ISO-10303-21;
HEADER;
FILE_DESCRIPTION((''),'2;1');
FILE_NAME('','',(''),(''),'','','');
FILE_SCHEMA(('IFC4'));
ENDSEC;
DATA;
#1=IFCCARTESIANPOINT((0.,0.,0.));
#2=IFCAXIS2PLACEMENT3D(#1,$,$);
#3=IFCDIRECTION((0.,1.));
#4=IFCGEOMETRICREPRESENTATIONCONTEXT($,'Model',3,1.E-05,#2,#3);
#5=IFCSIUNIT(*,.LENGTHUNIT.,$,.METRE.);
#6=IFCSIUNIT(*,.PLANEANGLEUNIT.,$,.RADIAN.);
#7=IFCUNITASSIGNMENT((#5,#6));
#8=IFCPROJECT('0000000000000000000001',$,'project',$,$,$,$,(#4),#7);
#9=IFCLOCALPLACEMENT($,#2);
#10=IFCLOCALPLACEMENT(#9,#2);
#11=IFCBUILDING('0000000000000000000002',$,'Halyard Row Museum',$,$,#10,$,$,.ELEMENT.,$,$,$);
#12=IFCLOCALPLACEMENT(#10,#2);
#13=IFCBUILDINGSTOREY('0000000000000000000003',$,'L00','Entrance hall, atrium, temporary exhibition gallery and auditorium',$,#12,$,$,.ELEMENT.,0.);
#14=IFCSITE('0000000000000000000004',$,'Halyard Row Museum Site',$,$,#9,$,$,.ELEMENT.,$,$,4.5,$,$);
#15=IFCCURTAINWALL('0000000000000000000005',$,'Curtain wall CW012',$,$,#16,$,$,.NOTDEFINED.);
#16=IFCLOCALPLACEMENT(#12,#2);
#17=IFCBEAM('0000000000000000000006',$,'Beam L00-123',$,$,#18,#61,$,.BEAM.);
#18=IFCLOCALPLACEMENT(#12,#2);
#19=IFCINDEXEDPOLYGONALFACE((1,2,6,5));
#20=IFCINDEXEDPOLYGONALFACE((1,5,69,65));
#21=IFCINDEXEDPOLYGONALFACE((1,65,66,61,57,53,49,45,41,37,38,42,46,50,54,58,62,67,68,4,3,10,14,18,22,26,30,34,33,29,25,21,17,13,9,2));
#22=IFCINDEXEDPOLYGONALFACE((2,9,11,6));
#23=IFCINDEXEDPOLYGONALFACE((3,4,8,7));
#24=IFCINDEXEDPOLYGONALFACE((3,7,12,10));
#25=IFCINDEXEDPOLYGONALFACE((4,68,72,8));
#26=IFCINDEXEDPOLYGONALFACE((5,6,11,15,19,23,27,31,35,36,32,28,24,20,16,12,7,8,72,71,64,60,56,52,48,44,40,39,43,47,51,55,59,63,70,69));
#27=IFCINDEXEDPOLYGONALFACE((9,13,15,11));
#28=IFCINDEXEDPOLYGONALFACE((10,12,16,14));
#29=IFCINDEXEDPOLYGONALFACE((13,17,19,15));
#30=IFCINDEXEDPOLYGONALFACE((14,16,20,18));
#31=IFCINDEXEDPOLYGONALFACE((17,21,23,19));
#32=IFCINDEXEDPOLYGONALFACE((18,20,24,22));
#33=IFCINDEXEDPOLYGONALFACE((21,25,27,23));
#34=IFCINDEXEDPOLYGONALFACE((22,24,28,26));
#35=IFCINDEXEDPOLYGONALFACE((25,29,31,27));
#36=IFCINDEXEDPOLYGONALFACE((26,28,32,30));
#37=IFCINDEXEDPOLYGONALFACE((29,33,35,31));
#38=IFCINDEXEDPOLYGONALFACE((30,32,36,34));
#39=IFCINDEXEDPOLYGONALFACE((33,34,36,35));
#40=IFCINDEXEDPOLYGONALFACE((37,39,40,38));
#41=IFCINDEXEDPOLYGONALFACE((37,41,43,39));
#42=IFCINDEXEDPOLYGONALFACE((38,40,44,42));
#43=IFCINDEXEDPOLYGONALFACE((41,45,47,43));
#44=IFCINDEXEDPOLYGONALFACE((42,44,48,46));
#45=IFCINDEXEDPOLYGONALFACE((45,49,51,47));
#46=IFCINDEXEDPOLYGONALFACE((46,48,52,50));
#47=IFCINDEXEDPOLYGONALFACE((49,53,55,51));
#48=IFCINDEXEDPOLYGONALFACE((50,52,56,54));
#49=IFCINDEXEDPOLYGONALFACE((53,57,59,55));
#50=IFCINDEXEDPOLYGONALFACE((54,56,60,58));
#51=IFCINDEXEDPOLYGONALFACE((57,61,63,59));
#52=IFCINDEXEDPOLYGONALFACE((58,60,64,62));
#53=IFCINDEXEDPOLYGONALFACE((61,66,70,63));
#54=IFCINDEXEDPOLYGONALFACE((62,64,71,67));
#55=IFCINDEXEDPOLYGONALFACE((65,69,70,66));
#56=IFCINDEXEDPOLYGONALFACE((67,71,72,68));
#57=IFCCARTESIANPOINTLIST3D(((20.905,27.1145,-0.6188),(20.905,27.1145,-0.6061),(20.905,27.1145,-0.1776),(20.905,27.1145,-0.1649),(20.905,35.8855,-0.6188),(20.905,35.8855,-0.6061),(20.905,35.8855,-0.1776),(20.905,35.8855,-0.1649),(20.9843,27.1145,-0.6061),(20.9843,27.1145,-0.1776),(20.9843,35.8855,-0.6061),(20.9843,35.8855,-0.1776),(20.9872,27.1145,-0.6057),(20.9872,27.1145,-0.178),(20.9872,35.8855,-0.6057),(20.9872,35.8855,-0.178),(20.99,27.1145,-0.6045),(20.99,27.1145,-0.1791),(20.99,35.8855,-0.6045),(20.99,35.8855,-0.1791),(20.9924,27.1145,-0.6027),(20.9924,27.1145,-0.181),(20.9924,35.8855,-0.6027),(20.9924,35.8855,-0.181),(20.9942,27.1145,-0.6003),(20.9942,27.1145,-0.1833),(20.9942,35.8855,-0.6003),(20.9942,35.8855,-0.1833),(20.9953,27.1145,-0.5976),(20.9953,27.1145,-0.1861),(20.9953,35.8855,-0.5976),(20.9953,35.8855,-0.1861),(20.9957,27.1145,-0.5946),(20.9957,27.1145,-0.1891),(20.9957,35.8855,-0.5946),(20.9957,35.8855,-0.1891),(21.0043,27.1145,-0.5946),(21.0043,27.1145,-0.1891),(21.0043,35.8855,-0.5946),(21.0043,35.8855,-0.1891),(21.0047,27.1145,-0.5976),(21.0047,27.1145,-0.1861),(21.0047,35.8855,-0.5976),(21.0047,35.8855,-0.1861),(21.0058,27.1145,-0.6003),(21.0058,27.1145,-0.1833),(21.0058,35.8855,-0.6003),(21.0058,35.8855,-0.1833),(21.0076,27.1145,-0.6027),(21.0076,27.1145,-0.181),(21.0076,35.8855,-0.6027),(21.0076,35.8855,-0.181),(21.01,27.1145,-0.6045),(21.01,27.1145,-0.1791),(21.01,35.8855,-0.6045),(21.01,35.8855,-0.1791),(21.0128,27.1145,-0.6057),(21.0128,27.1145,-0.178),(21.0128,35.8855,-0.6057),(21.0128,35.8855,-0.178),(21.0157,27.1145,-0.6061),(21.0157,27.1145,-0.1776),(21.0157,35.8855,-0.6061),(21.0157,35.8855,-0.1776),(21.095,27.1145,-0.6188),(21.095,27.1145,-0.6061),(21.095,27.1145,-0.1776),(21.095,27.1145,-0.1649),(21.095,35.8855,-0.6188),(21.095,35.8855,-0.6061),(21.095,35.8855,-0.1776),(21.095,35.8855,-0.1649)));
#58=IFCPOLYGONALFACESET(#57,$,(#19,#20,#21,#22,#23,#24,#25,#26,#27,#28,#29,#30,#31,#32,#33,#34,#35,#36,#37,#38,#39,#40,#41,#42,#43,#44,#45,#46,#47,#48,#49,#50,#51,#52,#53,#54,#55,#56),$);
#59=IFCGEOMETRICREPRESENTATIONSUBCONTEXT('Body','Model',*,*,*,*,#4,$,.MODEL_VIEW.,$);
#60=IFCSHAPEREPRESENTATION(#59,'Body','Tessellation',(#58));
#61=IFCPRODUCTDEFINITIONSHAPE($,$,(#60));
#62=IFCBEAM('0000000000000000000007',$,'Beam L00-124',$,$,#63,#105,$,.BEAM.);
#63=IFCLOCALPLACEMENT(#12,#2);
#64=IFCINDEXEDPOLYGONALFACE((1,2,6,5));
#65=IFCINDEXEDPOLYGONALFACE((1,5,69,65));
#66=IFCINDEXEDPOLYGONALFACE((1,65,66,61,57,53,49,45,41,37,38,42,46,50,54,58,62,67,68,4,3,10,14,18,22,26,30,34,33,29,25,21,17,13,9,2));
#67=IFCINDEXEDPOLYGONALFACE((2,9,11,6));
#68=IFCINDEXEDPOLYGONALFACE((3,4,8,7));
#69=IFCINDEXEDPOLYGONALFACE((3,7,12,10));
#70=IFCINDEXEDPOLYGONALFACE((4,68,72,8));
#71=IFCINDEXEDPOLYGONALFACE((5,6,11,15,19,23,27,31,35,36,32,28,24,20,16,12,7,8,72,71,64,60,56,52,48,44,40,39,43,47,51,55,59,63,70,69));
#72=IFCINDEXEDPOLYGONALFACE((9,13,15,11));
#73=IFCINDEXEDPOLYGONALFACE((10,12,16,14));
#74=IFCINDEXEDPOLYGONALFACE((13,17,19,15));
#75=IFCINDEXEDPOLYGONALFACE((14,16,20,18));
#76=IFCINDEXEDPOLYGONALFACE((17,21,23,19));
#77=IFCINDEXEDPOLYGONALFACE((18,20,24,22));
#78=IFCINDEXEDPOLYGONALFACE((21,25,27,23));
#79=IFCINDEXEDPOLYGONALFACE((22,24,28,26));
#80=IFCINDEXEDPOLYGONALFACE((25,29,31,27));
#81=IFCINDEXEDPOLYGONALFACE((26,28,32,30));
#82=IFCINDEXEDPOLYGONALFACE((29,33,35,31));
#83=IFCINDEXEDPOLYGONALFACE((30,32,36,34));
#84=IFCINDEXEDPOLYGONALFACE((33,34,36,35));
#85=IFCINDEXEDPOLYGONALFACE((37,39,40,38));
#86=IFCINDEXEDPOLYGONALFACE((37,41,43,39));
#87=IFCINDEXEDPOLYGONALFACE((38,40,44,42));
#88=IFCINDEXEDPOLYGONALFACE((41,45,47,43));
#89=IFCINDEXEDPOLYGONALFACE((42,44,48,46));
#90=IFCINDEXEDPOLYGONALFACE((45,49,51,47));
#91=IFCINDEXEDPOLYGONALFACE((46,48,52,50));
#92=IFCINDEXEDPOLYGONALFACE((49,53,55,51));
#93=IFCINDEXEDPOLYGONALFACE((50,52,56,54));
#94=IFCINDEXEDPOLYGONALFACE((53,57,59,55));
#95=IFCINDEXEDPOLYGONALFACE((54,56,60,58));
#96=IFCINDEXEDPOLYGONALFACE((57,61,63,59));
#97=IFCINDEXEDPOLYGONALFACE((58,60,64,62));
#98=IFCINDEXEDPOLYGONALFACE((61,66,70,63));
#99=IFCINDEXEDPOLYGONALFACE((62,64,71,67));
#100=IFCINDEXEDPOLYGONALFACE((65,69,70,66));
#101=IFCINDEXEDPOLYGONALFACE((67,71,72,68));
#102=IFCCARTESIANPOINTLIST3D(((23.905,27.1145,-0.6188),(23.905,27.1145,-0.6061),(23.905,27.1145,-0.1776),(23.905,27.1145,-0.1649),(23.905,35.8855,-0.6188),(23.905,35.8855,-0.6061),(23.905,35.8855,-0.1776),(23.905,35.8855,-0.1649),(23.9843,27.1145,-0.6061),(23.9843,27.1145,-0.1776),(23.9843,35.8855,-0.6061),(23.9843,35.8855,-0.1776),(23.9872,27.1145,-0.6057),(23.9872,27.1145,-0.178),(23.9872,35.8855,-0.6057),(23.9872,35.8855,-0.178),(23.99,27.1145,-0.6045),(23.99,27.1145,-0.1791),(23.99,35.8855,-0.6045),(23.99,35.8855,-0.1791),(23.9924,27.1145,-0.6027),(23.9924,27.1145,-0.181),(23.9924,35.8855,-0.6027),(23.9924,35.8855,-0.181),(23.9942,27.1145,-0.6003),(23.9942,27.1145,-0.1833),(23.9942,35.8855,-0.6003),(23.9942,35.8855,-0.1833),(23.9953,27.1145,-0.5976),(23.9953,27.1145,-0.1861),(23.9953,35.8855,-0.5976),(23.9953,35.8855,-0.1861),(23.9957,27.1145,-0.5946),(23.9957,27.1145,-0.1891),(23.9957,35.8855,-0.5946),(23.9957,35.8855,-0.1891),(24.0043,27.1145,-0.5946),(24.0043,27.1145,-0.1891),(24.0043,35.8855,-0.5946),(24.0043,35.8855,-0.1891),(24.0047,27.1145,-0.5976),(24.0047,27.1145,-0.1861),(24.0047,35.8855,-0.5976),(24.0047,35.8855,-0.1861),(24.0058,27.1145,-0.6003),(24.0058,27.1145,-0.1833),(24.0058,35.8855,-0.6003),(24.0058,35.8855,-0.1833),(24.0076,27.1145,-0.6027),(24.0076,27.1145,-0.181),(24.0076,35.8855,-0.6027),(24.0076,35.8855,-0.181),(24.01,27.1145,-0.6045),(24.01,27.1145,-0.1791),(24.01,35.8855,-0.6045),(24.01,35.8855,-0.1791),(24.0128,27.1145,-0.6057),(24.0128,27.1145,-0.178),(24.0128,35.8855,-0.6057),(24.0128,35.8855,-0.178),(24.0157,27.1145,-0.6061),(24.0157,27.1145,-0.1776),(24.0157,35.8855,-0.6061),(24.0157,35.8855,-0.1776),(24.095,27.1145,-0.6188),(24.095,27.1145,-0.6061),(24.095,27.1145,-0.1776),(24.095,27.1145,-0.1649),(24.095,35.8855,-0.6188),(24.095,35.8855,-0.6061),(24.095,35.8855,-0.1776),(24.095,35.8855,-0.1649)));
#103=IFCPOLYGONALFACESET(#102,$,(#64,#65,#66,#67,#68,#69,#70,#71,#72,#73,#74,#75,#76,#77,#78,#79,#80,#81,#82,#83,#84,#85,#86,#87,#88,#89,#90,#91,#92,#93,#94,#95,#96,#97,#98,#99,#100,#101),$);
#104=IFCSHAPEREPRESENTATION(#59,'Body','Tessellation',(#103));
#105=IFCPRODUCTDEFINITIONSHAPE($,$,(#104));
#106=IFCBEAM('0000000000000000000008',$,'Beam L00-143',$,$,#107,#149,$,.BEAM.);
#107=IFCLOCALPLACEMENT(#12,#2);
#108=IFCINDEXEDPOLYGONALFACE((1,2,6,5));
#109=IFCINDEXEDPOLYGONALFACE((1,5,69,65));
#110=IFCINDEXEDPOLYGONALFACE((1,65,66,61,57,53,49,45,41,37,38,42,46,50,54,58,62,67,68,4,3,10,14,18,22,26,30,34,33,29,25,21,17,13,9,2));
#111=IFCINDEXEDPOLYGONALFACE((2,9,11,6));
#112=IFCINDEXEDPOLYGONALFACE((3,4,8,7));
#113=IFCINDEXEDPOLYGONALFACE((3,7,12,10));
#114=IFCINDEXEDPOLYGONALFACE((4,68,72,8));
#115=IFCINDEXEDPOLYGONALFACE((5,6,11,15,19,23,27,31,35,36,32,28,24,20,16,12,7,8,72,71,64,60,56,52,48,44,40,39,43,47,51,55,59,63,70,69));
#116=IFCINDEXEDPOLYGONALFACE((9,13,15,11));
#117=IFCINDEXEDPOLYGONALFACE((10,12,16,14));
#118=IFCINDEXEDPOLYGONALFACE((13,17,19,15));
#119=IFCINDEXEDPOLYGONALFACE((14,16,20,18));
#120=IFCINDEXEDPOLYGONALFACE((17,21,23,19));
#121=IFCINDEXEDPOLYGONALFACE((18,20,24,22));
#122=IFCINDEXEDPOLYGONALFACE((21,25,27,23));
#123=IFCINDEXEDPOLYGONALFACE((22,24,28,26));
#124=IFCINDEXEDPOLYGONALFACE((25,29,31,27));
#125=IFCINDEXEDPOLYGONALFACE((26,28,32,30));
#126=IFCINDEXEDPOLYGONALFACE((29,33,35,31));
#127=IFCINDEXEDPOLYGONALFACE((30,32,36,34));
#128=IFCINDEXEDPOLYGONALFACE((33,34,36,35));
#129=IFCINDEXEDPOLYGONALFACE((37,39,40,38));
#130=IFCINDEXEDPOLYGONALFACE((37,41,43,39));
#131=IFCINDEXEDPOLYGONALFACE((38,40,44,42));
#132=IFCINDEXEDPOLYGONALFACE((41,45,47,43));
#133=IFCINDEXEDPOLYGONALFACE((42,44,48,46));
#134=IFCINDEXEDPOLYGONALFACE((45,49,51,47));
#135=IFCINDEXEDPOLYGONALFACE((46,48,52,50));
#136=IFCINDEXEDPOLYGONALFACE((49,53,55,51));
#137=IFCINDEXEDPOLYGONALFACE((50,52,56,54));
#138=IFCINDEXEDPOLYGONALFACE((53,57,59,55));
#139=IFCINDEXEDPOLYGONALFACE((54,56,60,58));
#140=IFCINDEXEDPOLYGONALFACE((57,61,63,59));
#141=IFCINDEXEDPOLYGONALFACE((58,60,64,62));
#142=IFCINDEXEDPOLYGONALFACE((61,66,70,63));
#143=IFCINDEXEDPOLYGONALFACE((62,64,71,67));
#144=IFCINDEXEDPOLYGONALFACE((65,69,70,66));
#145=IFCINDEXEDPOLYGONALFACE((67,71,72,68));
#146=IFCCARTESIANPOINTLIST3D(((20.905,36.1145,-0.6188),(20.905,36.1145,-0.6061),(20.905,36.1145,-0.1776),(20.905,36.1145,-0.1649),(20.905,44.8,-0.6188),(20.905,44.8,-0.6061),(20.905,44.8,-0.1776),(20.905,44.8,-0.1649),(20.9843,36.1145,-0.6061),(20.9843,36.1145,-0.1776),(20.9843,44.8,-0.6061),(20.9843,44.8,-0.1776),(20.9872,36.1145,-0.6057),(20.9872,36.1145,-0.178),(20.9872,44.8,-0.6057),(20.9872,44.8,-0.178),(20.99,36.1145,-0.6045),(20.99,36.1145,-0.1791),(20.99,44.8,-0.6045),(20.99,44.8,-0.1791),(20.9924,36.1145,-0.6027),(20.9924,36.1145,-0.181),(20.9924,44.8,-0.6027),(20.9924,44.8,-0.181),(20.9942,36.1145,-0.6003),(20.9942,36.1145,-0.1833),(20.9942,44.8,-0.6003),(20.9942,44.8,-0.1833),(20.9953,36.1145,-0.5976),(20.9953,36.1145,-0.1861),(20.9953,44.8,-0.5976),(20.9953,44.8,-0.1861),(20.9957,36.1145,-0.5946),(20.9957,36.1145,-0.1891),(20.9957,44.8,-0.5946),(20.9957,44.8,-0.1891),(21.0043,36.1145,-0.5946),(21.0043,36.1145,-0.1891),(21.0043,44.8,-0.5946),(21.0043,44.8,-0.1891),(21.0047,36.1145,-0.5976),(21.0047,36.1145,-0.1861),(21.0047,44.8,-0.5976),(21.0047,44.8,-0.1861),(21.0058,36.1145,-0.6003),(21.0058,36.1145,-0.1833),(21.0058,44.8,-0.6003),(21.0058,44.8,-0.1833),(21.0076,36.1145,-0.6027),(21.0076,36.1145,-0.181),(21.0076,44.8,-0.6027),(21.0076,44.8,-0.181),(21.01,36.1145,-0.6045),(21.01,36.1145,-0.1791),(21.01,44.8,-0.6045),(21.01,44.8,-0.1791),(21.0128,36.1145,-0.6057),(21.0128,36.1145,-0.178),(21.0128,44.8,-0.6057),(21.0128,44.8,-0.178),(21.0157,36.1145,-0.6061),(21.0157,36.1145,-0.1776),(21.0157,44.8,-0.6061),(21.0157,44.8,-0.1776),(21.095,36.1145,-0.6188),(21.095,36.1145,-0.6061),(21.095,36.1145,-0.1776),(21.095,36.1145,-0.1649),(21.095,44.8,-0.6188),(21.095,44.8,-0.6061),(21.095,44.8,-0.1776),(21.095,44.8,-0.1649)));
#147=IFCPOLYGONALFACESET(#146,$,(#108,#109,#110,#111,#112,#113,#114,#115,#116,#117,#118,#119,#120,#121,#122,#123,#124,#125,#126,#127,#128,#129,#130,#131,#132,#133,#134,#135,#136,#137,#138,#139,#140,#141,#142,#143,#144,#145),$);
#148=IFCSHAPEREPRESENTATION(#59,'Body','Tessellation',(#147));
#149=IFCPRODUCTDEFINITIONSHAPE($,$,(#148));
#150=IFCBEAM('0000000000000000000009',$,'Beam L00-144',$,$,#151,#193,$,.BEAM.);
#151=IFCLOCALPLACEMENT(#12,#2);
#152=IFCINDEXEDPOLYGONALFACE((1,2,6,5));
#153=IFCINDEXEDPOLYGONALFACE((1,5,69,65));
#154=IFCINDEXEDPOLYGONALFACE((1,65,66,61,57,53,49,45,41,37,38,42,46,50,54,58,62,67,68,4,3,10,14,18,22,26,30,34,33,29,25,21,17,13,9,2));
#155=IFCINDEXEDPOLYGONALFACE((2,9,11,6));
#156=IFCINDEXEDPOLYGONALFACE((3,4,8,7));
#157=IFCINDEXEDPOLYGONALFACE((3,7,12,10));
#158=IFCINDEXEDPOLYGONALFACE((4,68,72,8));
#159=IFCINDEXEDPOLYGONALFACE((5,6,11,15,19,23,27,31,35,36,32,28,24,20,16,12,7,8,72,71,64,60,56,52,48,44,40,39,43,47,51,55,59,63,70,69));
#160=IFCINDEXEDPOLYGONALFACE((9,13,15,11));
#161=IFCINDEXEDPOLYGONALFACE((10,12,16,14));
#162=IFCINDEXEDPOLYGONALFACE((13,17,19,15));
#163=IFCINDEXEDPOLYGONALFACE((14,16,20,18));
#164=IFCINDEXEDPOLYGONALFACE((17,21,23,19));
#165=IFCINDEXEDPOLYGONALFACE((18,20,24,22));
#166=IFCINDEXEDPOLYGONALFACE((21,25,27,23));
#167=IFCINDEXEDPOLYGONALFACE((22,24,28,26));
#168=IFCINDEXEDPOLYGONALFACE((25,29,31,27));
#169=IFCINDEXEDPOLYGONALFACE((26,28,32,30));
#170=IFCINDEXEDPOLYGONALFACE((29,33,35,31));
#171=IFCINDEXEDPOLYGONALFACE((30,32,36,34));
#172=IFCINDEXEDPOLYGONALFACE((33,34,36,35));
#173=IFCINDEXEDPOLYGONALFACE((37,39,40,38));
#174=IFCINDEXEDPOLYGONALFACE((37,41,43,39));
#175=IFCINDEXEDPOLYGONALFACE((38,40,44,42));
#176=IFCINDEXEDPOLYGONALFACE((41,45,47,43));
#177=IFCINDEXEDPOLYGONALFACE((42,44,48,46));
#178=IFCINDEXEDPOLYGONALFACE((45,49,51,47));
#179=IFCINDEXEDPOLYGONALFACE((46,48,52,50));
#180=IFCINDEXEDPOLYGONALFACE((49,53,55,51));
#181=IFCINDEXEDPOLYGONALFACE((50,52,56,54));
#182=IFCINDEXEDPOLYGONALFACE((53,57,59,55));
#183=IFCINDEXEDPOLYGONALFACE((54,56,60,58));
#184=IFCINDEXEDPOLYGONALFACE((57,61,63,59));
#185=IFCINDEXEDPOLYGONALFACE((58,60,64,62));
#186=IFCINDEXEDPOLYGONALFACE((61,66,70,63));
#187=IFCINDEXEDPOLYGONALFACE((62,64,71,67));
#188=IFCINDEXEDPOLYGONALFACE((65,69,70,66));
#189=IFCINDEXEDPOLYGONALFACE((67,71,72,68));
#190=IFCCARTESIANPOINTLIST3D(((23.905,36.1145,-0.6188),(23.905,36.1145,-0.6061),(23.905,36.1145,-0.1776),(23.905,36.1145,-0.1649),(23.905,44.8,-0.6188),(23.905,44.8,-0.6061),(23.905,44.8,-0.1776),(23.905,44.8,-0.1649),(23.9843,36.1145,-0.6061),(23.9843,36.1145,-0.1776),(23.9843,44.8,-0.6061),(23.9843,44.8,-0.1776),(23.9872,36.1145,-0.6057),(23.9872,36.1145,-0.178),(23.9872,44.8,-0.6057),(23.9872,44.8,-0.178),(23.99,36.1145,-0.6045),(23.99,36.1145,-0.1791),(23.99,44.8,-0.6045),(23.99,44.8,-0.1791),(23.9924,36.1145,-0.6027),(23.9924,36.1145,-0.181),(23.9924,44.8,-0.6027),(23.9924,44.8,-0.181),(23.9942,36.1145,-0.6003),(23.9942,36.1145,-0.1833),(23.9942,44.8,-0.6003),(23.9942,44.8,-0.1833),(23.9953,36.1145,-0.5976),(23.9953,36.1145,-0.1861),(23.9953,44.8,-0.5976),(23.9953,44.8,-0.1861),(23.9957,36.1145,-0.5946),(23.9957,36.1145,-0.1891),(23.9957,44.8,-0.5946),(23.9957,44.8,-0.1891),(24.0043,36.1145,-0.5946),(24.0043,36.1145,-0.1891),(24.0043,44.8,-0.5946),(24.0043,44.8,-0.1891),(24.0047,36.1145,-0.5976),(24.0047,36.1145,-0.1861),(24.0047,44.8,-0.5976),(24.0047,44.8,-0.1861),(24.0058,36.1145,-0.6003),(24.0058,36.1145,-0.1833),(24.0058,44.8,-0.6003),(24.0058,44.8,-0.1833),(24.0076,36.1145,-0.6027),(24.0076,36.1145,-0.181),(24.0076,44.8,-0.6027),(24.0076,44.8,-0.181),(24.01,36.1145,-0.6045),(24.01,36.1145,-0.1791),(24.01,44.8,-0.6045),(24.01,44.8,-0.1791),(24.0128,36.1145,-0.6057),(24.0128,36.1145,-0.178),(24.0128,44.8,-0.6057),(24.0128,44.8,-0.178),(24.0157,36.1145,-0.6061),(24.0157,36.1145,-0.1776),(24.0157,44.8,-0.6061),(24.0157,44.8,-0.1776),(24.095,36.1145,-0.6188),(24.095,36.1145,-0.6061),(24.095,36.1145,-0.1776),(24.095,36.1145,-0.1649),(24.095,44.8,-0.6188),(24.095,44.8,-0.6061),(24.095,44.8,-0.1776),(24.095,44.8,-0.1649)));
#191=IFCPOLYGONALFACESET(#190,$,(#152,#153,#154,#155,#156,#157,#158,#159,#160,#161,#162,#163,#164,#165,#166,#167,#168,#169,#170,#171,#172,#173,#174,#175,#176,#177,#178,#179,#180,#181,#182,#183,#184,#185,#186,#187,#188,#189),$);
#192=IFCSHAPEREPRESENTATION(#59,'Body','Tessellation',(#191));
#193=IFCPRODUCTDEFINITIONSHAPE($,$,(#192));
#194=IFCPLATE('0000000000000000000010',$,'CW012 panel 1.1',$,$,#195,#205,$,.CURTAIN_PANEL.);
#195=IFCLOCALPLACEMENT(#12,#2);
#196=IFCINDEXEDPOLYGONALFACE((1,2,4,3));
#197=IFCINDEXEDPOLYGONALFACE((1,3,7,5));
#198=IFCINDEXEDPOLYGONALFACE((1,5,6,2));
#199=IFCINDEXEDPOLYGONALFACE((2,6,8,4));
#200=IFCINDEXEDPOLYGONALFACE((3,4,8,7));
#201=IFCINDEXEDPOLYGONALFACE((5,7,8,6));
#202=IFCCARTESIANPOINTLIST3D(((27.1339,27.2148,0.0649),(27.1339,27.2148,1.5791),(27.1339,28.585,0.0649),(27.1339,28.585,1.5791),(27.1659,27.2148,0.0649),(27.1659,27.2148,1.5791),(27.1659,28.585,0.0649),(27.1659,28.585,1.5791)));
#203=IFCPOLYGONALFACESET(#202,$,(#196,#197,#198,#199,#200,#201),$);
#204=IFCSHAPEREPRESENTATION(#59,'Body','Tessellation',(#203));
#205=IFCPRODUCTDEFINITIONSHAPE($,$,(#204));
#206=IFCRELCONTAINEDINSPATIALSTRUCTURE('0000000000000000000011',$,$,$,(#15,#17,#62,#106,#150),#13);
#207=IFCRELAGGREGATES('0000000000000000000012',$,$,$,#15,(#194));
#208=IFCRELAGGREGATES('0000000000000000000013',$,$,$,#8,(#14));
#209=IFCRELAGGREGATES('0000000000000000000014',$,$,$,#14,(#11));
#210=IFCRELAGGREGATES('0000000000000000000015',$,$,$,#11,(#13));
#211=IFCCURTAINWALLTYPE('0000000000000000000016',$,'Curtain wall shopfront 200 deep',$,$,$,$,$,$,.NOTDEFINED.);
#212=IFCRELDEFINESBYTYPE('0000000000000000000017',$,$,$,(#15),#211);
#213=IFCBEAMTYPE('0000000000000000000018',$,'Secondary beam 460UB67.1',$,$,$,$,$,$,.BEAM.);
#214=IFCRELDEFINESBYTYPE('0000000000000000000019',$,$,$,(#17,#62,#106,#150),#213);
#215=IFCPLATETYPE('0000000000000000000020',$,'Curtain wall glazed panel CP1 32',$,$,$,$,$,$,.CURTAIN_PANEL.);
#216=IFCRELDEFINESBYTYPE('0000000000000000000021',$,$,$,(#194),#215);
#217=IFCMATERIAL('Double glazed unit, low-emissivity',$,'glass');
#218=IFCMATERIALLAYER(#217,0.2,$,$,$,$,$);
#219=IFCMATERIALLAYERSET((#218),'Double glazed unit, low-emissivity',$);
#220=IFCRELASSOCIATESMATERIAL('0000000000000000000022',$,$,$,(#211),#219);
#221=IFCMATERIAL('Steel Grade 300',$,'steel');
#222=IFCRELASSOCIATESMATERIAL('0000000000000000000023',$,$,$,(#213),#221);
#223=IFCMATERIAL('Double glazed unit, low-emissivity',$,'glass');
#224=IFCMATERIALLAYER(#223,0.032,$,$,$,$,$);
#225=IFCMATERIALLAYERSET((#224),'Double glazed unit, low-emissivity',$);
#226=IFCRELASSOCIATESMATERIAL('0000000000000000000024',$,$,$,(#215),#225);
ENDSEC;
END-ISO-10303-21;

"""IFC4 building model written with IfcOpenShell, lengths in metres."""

from ifc_helpers import new_model, si_unit, direction, frame, origin, origin_2d, place, context, subcontext, project, spatial, rectangle, i_section, extrude, material, layer, layer_set, material_profile, profile_set, type_object, element, aggregate, save


model = new_model("IFC4")

# Units and contexts
model_context = context("Model", 3, precision=1e-05, world=origin(), true_north=direction((0.0, 1.0)))
body_context = subcontext(model_context, "Body", "Model", "MODEL_VIEW")
ifc_project = project(units=[si_unit("LENGTHUNIT", "METRE"), si_unit("PLANEANGLEUNIT", "RADIAN")], contexts=[model_context])

# Site, building, storey
site_placement = place(None, origin())
site = spatial("IfcSite", under=ifc_project, at=site_placement, Name="Halyard Row Museum Site", CompositionType="ELEMENT", RefElevation=4.5)
building_placement = place(site_placement, origin())
building = spatial("IfcBuilding", under=site, at=building_placement, Name="Halyard Row Museum", CompositionType="ELEMENT")
storey_placement = place(building_placement, origin())
storey = spatial("IfcBuildingStorey", under=building, at=storey_placement, Name="L00", Description="Entrance hall, atrium, temporary exhibition gallery and auditorium", CompositionType="ELEMENT", Elevation=0.0)

# Curtain wall
ifc_material_1 = material(Name="Double glazed unit, low-emissivity", Category="glass")
ifc_layer_1 = layer(ifc_material_1, 0.2)
ifc_layer_set_1 = layer_set([ifc_layer_1], Name="Double glazed unit, low-emissivity")
curtain_wall_type = type_object("IfcCurtainWallType", Name="Curtain wall shopfront 200 deep", PredefinedType="NOTDEFINED", material=ifc_layer_set_1)
curtain_wall_placement = place(storey_placement, origin())
curtain_wall = element("IfcCurtainWall", 1, at=curtain_wall_placement, inside=storey, type_object=curtain_wall_type, Name="Curtain wall CW012", PredefinedType="NOTDEFINED")

# Beams
ifc_material_2 = material(Name="Steel Grade 300", Category="steel")
ifc_material_profile_1 = material_profile(ifc_material_2, i_section(OverallWidth=0.1899, OverallDepth=0.4539, WebThickness=0.0085, FlangeThickness=0.0127, FilletRadius=0.0115, at=origin_2d()), Name="460UB67.1")
ifc_profile_set_1 = profile_set([ifc_material_profile_1], Name="Steel Grade 300")
beam_type_1 = type_object("IfcBeamType", Name="Secondary beam 460UB67.1", PredefinedType="BEAM", material=ifc_profile_set_1)
for number, where, z_axis, x_axis, name in (
    (2, (21.0, 27.1145, -0.3918), (0.0, 1.0, 0.0), (-1.0, 0.0, 0.0), "Beam L00-123"),
    (3, (24.0, 27.1145, -0.3918), (0.0, 1.0, 0.0), (-1.0, 0.0, 0.0), "Beam L00-124"),
):
    element("IfcBeam", number, at=place(storey_placement, frame(where, z_axis=z_axis, x_axis=x_axis)), inside=storey, type_object=beam_type_1, Name=name, PredefinedType="BEAM", context=body_context, shape_type="SweptSolid", body=[
        extrude(i_section(OverallWidth=0.1899, OverallDepth=0.4539, WebThickness=0.0085, FlangeThickness=0.0127, FilletRadius=0.0115, at=origin_2d()), origin(), (0.0, 0.0, 1.0), 8.771),
    ])
for number, where, z_axis, x_axis, name in (
    (4, (21.0, 36.1145, -0.3918), (0.0, 1.0, 0.0), (-1.0, 0.0, 0.0), "Beam L00-143"),
    (5, (24.0, 36.1145, -0.3918), (0.0, 1.0, 0.0), (-1.0, 0.0, 0.0), "Beam L00-144"),
):
    element("IfcBeam", number, at=place(storey_placement, frame(where, z_axis=z_axis, x_axis=x_axis)), inside=storey, type_object=beam_type_1, Name=name, PredefinedType="BEAM", context=body_context, shape_type="SweptSolid", body=[
        extrude(i_section(OverallWidth=0.1899, OverallDepth=0.4539, WebThickness=0.0085, FlangeThickness=0.0127, FilletRadius=0.0115, at=origin_2d()), origin(), (0.0, 0.0, 1.0), 8.6855),
    ])

# Plate
ifc_material_3 = material(Name="Double glazed unit, low-emissivity", Category="glass")
ifc_layer_2 = layer(ifc_material_3, 0.032)
ifc_layer_set_2 = layer_set([ifc_layer_2], Name="Double glazed unit, low-emissivity")
plate_type = type_object("IfcPlateType", Name="Curtain wall glazed panel CP1 32", PredefinedType="CURTAIN_PANEL", material=ifc_layer_set_2)
plate_placement = place(storey_placement, frame((27.1499, 27.8999, 0.0649), z_axis=(0.0, 0.0, 1.0), x_axis=(0.0, -1.0, 0.0)))
plate = element("IfcPlate", 6, at=plate_placement, type_object=plate_type, Name="CW012 panel 1.1", PredefinedType="CURTAIN_PANEL", context=body_context, shape_type="SweptSolid", body=[
    extrude(rectangle(XDim=1.3701, YDim=0.032, at=origin_2d()), origin(), (0.0, 0.0, 1.0), 1.5142),
])
aggregate(curtain_wall, [plate])

save(model, "model.ifc")
